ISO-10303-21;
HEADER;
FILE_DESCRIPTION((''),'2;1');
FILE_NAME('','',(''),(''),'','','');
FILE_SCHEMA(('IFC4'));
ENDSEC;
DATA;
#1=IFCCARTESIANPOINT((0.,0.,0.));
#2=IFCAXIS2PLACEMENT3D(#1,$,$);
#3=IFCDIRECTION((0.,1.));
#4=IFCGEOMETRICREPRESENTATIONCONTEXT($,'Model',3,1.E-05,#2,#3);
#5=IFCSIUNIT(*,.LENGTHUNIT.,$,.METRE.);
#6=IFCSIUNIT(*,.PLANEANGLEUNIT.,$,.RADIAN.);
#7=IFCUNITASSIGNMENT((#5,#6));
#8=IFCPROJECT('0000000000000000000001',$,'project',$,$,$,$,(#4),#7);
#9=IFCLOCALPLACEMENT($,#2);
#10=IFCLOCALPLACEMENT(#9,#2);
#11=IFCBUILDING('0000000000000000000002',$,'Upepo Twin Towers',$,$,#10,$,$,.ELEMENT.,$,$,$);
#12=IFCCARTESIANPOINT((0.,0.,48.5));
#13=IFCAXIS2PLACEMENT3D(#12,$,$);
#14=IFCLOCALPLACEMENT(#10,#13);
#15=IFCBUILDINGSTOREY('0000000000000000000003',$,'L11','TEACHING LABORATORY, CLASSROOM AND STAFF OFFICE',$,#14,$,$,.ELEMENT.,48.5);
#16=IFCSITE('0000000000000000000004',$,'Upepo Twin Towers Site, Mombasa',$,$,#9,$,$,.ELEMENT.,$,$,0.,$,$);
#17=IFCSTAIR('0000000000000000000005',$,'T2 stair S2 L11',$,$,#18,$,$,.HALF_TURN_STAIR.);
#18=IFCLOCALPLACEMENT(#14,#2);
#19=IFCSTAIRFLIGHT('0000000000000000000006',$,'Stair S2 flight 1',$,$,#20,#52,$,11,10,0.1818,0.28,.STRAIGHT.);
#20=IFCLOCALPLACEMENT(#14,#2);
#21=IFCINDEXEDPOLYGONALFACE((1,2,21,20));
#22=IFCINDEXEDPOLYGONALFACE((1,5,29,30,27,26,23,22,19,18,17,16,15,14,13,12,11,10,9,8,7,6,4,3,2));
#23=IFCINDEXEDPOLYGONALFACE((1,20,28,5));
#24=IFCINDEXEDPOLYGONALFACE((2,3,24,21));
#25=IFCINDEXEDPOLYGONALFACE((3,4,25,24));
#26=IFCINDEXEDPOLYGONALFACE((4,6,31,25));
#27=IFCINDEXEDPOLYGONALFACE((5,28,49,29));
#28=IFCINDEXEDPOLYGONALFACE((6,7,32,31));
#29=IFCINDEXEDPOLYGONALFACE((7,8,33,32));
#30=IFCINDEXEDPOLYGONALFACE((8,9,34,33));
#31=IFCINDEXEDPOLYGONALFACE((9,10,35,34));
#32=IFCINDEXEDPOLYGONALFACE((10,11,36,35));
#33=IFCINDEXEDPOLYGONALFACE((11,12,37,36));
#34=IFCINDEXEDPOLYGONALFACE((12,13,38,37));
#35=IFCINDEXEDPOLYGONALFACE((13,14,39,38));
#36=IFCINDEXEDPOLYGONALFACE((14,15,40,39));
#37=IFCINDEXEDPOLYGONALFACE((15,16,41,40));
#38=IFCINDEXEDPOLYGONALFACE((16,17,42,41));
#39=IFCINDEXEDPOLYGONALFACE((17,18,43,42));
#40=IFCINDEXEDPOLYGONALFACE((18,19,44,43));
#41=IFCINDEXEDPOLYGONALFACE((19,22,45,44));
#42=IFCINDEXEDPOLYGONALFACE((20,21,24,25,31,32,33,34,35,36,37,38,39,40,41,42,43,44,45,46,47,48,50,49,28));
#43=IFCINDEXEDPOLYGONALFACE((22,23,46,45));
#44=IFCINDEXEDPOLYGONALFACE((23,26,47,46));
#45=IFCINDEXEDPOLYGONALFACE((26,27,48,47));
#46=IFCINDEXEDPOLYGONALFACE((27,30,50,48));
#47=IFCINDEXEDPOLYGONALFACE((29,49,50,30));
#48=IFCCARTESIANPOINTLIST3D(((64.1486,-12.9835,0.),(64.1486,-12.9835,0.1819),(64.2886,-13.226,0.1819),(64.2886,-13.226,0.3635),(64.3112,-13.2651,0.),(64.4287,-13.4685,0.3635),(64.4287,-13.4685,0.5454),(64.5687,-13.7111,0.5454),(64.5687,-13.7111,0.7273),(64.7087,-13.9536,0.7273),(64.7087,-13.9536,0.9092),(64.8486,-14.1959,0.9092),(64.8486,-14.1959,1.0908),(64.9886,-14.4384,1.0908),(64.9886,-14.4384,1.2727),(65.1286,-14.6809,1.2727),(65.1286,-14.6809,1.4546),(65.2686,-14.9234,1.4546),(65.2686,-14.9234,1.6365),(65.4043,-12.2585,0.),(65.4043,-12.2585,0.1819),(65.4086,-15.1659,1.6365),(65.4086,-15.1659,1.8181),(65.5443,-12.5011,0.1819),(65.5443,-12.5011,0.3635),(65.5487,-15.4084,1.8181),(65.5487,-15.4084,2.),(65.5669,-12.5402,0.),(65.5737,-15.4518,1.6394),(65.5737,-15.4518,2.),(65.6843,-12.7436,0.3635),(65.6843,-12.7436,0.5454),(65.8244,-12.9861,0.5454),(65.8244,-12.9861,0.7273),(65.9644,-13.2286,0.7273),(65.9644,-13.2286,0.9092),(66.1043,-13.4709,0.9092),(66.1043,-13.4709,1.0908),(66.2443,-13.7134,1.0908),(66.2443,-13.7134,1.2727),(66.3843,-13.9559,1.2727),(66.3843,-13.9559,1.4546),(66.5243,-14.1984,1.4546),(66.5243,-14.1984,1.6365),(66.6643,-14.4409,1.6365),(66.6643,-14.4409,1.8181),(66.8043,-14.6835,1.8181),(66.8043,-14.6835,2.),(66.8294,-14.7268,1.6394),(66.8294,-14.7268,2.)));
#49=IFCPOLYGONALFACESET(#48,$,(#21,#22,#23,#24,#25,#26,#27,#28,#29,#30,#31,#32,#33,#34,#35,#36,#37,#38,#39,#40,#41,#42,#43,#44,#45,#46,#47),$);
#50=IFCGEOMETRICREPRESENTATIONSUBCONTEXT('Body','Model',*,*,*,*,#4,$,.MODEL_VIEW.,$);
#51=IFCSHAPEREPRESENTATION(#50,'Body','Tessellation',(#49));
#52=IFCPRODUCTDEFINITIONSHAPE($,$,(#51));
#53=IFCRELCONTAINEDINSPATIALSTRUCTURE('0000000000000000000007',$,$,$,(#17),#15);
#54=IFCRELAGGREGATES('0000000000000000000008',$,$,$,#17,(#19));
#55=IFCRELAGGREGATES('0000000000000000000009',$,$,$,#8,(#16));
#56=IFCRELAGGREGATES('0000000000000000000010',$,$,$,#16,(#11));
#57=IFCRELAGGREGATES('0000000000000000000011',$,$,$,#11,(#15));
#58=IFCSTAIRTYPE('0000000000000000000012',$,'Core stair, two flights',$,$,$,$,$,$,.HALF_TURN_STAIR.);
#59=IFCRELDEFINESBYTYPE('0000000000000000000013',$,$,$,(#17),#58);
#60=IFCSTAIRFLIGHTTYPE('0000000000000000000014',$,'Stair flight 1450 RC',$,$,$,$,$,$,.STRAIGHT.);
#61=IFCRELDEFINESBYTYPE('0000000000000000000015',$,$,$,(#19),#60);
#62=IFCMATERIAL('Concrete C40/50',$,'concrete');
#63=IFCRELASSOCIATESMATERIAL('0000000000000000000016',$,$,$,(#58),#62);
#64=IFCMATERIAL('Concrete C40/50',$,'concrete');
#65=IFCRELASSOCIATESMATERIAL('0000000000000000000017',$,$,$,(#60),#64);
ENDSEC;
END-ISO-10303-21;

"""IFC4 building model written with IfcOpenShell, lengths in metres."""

from ifc_helpers import new_model, si_unit, direction, frame, origin, place, context, subcontext, project, spatial, polyline, outline, extrude, material, type_object, element, aggregate, save


model = new_model("IFC4")

# Units and contexts
model_context = context("Model", 3, precision=1e-05, world=origin(), true_north=direction((0.0, 1.0)))
body_context = subcontext(model_context, "Body", "Model", "MODEL_VIEW")
ifc_project = project(units=[si_unit("LENGTHUNIT", "METRE"), si_unit("PLANEANGLEUNIT", "RADIAN")], contexts=[model_context])

# Site, building, storey
site_placement = place(None, origin())
site = spatial("IfcSite", under=ifc_project, at=site_placement, Name="Upepo Twin Towers Site, Mombasa", CompositionType="ELEMENT", RefElevation=0.0)
building_placement = place(site_placement, origin())
building = spatial("IfcBuilding", under=site, at=building_placement, Name="Upepo Twin Towers", CompositionType="ELEMENT")
storey_placement = place(building_placement, frame((0.0, 0.0, 48.5)))
storey = spatial("IfcBuildingStorey", under=building, at=storey_placement, Name="L11", Description="TEACHING LABORATORY, CLASSROOM AND STAFF OFFICE", CompositionType="ELEMENT", Elevation=48.5)

# Stair, stair flight
ifc_material_1 = material(Name="Concrete C40/50", Category="concrete")
stair_type = type_object("IfcStairType", Name="Core stair, two flights", PredefinedType="HALF_TURN_STAIR", material=ifc_material_1)
stair_placement = place(storey_placement, origin())
stair = element("IfcStair", 1, at=stair_placement, inside=storey, type_object=stair_type, Name="T2 stair S2 L11", PredefinedType="HALF_TURN_STAIR")
ifc_material_2 = material(Name="Concrete C40/50", Category="concrete")
stair_flight_type = type_object("IfcStairFlightType", Name="Stair flight 1450 RC", PredefinedType="STRAIGHT", material=ifc_material_2)
stair_flight_placement = place(storey_placement, frame((64.7764, -12.6211, 0.0), z_axis=(0.0, 0.0, 1.0), x_axis=(0.5, -0.866025, 0.0)))
stair_flight = element("IfcStairFlight", 2, at=stair_flight_placement, type_object=stair_flight_type, Name="Stair S2 flight 1", NumberOfRisers=11, NumberOfTreads=10, PredefinedType="STRAIGHT", RiserHeight=0.1818, TreadLength=0.28, context=body_context, shape_type="SweptSolid", body=[
    extrude(outline(polyline([(0.0, 0.0), (0.0, 0.1819), (0.28, 0.1819), (0.28, 0.3635), (0.5601, 0.3635), (0.5601, 0.5454), (0.8401, 0.5454), (0.8401, 0.7273), (1.1201, 0.7273), (1.1201, 0.9092), (1.3999, 0.9092), (1.3999, 1.0908), (1.6799, 1.0908), (1.6799, 1.2727), (1.96, 1.2727), (1.96, 1.4546), (2.24, 1.4546), (2.24, 1.6365), (2.52, 1.6365), (2.52, 1.8181), (2.8, 1.8181), (2.8, 2.0), (2.8501, 2.0), (2.8501, 1.6394), (0.3252, 0.0), (0.0, 0.0)])), frame((0.0, 0.7251, 0.0), z_axis=(0.0, -1.0, 0.0), x_axis=(1.0, 0.0, 0.0)), (0.0, 0.0, 1.0), 1.45),
])
aggregate(stair, [stair_flight])

save(model, "model.ifc")
